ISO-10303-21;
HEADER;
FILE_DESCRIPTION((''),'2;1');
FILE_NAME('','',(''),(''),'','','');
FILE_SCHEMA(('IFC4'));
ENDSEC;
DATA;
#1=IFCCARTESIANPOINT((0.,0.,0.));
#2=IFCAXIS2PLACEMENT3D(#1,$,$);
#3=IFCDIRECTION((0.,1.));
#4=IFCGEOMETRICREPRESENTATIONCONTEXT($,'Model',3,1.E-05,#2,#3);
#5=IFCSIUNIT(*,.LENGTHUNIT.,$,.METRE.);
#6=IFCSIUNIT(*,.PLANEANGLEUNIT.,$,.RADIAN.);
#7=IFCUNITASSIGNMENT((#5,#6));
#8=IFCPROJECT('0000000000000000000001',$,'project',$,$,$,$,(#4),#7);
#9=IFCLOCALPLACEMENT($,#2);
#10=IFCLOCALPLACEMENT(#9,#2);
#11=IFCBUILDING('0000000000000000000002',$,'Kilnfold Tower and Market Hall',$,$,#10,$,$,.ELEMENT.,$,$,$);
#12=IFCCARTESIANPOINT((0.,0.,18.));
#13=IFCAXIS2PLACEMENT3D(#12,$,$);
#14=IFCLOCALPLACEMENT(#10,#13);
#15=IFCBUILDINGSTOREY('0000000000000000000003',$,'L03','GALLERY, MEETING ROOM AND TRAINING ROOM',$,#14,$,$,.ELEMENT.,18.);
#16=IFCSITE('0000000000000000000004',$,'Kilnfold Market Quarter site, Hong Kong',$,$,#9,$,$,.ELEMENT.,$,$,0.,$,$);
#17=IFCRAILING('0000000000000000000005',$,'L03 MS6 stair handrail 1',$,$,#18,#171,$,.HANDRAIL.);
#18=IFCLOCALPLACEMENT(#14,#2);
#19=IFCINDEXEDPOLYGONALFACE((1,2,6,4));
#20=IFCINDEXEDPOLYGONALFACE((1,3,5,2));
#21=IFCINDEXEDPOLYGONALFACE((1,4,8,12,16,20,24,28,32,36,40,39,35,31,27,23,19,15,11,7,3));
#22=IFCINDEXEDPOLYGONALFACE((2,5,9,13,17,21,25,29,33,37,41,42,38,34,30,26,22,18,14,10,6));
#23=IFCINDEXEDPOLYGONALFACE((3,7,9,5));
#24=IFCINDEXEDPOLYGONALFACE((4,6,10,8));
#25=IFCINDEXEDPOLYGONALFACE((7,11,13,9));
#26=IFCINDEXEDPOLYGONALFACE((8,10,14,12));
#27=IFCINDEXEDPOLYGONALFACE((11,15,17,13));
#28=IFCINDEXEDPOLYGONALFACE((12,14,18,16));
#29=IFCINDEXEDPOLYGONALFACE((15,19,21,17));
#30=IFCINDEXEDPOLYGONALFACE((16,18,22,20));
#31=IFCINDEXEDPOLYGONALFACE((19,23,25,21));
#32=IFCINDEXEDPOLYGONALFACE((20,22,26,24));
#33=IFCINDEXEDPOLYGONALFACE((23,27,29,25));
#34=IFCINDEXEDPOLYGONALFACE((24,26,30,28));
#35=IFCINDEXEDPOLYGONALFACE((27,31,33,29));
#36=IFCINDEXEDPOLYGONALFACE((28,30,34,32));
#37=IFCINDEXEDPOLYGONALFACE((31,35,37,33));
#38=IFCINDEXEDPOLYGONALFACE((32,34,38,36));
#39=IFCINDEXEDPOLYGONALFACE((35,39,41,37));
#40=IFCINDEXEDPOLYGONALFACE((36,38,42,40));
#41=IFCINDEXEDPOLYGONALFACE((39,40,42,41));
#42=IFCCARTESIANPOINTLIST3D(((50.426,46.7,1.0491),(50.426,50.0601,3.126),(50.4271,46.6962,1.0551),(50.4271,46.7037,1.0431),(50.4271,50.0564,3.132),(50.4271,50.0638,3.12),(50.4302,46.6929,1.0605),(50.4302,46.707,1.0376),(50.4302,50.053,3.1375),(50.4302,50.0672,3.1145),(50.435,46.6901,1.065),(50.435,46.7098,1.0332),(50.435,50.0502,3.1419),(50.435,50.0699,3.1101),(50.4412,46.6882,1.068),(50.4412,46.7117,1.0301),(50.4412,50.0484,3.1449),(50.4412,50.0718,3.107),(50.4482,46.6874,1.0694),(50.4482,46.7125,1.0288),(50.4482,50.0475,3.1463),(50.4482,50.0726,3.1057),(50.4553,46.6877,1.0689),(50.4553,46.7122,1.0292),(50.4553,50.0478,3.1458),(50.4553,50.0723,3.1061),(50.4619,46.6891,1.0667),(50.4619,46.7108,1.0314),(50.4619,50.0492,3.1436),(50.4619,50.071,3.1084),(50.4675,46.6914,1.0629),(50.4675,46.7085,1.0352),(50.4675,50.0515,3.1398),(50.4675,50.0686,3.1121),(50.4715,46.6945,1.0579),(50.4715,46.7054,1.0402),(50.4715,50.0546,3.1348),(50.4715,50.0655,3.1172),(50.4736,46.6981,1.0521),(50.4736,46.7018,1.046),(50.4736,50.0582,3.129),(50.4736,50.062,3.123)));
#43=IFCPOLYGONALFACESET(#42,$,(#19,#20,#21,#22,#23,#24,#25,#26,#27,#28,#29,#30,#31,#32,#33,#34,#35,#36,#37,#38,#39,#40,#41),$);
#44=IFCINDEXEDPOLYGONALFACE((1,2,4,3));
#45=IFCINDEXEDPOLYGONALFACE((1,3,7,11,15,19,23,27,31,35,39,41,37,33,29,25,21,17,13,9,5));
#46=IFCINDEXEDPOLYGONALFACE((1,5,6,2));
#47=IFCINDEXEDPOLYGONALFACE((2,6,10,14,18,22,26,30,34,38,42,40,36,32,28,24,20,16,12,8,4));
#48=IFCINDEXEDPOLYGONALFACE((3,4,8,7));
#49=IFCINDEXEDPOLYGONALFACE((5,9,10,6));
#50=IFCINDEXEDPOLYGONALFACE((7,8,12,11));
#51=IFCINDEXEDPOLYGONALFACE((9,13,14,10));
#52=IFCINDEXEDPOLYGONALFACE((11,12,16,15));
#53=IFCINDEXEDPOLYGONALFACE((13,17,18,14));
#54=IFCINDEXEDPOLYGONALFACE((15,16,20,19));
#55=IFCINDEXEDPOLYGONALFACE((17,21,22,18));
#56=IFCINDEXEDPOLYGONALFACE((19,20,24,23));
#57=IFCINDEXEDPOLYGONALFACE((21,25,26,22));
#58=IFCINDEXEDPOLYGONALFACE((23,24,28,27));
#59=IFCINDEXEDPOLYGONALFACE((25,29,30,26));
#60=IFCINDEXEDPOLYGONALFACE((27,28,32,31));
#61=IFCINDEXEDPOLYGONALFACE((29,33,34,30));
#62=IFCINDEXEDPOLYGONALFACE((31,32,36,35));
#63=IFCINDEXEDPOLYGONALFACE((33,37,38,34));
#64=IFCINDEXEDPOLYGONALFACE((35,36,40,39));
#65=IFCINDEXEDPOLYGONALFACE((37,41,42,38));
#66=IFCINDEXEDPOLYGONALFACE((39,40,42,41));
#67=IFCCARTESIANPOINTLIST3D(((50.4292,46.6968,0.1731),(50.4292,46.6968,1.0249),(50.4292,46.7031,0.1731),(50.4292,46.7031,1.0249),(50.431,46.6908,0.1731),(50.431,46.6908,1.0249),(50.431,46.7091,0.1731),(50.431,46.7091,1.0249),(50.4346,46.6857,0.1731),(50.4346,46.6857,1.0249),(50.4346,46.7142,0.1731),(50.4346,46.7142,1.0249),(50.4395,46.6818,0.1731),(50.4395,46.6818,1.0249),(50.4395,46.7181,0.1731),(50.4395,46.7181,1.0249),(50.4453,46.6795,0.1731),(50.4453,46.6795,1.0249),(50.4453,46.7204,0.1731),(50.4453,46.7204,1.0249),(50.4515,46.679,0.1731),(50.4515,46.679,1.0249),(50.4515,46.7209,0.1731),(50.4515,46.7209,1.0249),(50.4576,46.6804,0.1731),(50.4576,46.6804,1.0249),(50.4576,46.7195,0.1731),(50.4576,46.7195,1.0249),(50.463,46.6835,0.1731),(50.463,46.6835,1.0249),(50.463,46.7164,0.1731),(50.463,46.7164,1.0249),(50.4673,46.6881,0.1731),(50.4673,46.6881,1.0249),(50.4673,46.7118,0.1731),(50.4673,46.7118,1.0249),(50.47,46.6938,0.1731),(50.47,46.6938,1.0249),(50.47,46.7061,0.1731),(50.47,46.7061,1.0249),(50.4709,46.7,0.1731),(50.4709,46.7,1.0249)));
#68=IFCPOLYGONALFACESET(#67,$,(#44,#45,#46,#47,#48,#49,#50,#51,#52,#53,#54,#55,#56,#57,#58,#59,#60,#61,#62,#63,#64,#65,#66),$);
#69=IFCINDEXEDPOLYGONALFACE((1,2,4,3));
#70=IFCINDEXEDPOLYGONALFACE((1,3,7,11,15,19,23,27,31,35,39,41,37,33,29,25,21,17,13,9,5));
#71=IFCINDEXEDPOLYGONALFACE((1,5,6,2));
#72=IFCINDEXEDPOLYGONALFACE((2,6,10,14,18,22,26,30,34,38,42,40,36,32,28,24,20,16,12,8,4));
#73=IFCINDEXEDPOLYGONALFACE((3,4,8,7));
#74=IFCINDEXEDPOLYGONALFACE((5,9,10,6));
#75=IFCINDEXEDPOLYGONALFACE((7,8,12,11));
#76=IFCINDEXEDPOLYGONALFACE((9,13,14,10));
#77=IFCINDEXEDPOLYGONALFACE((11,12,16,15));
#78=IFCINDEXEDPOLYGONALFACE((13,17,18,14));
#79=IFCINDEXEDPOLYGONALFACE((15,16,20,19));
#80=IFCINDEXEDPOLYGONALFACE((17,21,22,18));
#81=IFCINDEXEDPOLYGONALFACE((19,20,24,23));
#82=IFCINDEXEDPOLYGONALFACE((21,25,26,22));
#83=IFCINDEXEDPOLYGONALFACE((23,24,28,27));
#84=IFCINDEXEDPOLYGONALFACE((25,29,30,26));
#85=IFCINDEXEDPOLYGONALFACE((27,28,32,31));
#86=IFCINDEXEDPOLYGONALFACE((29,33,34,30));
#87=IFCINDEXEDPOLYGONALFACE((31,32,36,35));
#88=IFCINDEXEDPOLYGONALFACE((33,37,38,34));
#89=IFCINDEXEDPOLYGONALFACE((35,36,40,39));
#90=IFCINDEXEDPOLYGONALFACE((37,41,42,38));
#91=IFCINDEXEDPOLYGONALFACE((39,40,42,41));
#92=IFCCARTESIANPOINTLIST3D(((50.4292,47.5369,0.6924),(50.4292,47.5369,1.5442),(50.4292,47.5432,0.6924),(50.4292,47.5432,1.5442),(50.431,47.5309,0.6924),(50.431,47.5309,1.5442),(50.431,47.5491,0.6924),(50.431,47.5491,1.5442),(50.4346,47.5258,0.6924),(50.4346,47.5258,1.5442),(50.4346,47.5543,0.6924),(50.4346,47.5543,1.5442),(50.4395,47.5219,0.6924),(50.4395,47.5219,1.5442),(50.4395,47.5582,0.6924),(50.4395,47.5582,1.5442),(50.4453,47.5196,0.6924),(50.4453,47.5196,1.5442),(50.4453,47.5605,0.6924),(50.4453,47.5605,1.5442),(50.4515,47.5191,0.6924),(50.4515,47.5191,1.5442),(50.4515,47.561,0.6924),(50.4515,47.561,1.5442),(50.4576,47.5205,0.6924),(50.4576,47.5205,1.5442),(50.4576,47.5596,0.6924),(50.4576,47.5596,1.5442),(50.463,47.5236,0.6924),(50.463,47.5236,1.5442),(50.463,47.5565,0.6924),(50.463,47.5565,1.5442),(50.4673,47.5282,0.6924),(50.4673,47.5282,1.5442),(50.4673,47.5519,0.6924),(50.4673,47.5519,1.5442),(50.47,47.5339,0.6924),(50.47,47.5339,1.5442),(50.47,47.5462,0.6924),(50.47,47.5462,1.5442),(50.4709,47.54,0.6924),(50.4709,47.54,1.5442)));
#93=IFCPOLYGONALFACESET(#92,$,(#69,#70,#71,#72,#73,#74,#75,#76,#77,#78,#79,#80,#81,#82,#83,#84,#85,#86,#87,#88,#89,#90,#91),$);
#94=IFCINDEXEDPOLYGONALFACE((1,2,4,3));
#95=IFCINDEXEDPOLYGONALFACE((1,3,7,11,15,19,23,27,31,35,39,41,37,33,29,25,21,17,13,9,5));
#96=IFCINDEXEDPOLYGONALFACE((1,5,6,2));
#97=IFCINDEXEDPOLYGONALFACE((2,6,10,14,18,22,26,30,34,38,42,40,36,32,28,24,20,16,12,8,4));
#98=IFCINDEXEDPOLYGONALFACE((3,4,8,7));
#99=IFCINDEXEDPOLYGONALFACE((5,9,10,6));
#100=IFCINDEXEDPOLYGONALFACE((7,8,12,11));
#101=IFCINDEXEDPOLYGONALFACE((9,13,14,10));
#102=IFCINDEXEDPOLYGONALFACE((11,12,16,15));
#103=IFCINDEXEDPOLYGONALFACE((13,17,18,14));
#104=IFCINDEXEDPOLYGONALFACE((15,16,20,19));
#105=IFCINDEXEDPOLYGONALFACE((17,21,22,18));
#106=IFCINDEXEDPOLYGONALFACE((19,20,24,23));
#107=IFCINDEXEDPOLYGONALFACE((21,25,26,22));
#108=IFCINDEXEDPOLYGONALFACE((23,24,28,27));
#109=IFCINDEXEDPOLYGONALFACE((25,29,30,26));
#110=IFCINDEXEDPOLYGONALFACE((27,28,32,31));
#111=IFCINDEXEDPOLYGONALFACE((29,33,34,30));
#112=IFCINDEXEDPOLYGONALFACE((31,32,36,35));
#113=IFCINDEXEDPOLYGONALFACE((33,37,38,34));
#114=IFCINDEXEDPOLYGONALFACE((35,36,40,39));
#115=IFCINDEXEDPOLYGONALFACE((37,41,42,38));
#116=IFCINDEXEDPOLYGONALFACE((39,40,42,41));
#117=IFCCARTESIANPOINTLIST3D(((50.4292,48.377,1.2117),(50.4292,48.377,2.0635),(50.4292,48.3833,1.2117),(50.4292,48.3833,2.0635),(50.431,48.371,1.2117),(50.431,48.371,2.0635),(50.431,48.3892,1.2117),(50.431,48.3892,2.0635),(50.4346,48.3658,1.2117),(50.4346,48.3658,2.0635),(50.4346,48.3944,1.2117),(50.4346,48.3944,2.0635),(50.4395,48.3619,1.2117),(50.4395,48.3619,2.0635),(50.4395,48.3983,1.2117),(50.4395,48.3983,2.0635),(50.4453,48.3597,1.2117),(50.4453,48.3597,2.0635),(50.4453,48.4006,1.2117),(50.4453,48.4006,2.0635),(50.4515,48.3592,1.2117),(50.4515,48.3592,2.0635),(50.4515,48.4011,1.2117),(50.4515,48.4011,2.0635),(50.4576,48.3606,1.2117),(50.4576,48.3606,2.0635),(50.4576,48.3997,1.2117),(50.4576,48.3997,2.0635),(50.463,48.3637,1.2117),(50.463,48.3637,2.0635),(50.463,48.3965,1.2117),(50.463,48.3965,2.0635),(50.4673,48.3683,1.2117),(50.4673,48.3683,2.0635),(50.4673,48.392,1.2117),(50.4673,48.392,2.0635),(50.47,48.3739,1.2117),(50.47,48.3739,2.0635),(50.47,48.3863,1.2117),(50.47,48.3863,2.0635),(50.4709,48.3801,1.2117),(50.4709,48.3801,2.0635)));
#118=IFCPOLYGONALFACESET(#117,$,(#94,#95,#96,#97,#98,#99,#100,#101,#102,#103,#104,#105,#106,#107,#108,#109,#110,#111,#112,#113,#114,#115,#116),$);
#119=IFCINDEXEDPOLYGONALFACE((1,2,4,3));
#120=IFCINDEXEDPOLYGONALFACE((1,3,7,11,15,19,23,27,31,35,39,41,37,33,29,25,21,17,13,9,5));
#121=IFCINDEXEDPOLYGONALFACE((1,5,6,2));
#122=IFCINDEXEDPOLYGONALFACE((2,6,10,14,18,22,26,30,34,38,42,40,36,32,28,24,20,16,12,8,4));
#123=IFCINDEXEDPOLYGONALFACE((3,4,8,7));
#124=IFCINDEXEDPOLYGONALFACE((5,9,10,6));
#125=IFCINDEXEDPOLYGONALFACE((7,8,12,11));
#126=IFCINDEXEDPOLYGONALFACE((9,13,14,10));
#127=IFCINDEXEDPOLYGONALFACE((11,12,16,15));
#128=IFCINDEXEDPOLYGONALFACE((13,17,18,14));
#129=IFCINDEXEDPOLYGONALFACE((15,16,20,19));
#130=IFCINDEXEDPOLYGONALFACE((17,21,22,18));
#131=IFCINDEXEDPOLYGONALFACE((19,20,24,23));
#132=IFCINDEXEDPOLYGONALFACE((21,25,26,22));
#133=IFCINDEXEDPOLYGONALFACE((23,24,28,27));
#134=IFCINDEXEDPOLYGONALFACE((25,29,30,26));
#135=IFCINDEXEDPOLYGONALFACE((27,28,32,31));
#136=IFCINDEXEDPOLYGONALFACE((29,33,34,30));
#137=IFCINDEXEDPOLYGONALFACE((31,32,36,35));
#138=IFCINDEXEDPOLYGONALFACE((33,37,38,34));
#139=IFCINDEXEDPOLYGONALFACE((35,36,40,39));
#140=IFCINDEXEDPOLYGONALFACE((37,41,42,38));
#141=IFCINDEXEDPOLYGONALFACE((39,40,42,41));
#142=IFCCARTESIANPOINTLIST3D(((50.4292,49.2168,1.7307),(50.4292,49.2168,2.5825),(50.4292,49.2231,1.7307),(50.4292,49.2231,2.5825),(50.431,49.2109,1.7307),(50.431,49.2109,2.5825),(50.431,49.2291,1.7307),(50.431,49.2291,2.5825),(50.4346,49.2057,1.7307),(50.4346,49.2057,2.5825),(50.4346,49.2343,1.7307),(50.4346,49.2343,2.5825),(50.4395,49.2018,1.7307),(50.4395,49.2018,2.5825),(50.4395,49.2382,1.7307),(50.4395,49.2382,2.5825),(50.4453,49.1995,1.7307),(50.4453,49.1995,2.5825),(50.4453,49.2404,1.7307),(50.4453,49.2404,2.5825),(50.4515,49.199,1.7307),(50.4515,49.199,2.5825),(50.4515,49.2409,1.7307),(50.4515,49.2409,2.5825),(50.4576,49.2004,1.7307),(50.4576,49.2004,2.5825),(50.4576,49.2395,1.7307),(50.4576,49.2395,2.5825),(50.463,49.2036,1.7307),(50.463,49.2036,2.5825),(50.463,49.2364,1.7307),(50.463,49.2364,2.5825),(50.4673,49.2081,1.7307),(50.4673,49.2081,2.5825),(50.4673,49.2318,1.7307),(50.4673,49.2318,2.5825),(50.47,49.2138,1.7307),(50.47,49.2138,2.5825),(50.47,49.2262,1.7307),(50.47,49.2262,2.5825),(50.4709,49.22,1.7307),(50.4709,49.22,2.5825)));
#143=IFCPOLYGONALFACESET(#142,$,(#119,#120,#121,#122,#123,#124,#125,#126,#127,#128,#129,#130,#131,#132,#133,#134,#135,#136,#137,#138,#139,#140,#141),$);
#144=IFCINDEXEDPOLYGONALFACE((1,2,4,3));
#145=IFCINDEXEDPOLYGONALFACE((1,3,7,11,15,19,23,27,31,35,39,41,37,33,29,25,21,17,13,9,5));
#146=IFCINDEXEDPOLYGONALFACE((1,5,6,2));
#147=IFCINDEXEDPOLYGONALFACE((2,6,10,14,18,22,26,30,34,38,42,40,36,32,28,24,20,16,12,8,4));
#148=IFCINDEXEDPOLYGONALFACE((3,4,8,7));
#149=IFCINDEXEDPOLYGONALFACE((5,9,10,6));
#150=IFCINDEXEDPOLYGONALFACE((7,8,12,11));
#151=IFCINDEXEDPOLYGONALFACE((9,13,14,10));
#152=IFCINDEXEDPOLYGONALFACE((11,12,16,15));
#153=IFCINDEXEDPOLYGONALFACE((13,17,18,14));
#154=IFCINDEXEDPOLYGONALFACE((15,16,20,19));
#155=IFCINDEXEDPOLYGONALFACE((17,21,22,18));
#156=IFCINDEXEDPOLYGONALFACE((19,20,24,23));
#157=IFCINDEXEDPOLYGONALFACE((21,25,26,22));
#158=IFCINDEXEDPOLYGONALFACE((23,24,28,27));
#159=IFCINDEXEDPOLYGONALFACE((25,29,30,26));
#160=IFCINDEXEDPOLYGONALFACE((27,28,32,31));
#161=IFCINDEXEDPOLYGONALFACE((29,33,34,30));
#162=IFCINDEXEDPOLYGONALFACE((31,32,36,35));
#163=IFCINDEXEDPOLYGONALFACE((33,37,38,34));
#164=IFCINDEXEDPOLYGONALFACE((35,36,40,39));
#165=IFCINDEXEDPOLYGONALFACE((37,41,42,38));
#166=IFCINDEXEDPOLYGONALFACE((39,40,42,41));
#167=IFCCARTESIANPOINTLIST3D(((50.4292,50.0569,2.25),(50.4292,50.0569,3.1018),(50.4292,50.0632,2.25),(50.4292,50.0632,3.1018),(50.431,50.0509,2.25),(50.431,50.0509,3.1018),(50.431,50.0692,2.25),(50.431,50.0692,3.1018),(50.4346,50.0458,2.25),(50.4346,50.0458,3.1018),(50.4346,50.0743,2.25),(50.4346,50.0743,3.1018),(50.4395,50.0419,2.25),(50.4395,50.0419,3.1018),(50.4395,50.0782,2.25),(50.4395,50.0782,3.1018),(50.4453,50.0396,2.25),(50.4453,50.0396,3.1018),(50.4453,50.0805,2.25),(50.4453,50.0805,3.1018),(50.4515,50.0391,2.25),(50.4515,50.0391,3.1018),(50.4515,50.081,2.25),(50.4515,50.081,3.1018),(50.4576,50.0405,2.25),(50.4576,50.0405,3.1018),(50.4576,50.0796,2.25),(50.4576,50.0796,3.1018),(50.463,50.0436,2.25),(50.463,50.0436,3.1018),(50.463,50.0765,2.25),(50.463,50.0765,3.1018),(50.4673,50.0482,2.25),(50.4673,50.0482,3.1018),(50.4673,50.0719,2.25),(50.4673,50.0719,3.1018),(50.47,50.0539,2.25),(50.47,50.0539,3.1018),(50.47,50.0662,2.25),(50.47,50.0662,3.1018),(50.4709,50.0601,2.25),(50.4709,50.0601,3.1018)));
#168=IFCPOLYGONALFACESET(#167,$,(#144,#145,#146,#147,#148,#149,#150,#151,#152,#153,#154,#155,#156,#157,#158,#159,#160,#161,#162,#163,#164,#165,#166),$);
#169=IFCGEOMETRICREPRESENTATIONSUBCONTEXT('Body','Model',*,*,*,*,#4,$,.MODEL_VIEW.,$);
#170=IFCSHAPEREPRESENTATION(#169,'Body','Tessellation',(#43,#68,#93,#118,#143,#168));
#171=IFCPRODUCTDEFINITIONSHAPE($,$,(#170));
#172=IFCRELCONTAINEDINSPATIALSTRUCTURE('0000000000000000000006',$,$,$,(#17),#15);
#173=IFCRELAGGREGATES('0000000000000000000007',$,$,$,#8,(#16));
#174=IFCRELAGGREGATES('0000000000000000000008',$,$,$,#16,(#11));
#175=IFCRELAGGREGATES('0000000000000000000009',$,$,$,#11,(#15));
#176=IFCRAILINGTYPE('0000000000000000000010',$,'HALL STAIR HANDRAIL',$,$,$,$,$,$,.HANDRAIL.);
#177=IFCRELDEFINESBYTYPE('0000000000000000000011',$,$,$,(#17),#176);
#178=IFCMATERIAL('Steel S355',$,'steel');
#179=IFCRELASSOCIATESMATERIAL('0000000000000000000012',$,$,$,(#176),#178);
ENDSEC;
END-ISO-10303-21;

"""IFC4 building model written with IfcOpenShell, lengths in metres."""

from ifc_helpers import new_model, si_unit, direction, frame, origin, origin_2d, place, context, subcontext, project, spatial, circle, extrude, material, type_object, element, save


model = new_model("IFC4")

# Units and contexts
model_context = context("Model", 3, precision=1e-05, world=origin(), true_north=direction((0.0, 1.0)))
body_context = subcontext(model_context, "Body", "Model", "MODEL_VIEW")
ifc_project = project(units=[si_unit("LENGTHUNIT", "METRE"), si_unit("PLANEANGLEUNIT", "RADIAN")], contexts=[model_context])

# Site, building, storey
site_placement = place(None, origin())
site = spatial("IfcSite", under=ifc_project, at=site_placement, Name="Kilnfold Market Quarter site, Hong Kong", CompositionType="ELEMENT", RefElevation=0.0)
building_placement = place(site_placement, origin())
building = spatial("IfcBuilding", under=site, at=building_placement, Name="Kilnfold Tower and Market Hall", CompositionType="ELEMENT")
storey_placement = place(building_placement, frame((0.0, 0.0, 18.0)))
storey = spatial("IfcBuildingStorey", under=building, at=storey_placement, Name="L03", Description="GALLERY, MEETING ROOM AND TRAINING ROOM", CompositionType="ELEMENT", Elevation=18.0)

# Railing
ifc_material_1 = material(Name="Steel S355", Category="steel")
railing_type_1 = type_object("IfcRailingType", Name="HALL STAIR HANDRAIL", PredefinedType="HANDRAIL", material=ifc_material_1)
railing_1_placement = place(storey_placement, frame((50.45, 46.7, 0.1731)))
element("IfcRailing", 1, at=railing_1_placement, inside=storey, type_object=railing_type_1, Name="L03 MS6 stair handrail 1", PredefinedType="HANDRAIL", context=body_context, shape_type="SweptSolid", body=[
    extrude(circle(Radius=0.0239, at=origin_2d()), frame((0.0, 0.0, 0.876), z_axis=(0.0, 0.850623, 0.525776), x_axis=(-1.0, 0.0, 0.0)), (0.0, 0.0, 1.0), 3.9502),
    extrude(circle(Radius=0.021, at=origin_2d()), origin(), (0.0, 0.0, 1.0), 0.8518),
    extrude(circle(Radius=0.021, at=origin_2d()), frame((0.0, 0.8401, 0.5193)), (0.0, 0.0, 1.0), 0.8518),
    extrude(circle(Radius=0.021, at=origin_2d()), frame((0.0, 1.6802, 1.0386)), (0.0, 0.0, 1.0), 0.8518),
    extrude(circle(Radius=0.021, at=origin_2d()), frame((0.0, 2.52, 1.5576)), (0.0, 0.0, 1.0), 0.8518),
    extrude(circle(Radius=0.021, at=origin_2d()), frame((0.0, 3.3601, 2.0769)), (0.0, 0.0, 1.0), 0.8518),
])

save(model, "model.ifc")
